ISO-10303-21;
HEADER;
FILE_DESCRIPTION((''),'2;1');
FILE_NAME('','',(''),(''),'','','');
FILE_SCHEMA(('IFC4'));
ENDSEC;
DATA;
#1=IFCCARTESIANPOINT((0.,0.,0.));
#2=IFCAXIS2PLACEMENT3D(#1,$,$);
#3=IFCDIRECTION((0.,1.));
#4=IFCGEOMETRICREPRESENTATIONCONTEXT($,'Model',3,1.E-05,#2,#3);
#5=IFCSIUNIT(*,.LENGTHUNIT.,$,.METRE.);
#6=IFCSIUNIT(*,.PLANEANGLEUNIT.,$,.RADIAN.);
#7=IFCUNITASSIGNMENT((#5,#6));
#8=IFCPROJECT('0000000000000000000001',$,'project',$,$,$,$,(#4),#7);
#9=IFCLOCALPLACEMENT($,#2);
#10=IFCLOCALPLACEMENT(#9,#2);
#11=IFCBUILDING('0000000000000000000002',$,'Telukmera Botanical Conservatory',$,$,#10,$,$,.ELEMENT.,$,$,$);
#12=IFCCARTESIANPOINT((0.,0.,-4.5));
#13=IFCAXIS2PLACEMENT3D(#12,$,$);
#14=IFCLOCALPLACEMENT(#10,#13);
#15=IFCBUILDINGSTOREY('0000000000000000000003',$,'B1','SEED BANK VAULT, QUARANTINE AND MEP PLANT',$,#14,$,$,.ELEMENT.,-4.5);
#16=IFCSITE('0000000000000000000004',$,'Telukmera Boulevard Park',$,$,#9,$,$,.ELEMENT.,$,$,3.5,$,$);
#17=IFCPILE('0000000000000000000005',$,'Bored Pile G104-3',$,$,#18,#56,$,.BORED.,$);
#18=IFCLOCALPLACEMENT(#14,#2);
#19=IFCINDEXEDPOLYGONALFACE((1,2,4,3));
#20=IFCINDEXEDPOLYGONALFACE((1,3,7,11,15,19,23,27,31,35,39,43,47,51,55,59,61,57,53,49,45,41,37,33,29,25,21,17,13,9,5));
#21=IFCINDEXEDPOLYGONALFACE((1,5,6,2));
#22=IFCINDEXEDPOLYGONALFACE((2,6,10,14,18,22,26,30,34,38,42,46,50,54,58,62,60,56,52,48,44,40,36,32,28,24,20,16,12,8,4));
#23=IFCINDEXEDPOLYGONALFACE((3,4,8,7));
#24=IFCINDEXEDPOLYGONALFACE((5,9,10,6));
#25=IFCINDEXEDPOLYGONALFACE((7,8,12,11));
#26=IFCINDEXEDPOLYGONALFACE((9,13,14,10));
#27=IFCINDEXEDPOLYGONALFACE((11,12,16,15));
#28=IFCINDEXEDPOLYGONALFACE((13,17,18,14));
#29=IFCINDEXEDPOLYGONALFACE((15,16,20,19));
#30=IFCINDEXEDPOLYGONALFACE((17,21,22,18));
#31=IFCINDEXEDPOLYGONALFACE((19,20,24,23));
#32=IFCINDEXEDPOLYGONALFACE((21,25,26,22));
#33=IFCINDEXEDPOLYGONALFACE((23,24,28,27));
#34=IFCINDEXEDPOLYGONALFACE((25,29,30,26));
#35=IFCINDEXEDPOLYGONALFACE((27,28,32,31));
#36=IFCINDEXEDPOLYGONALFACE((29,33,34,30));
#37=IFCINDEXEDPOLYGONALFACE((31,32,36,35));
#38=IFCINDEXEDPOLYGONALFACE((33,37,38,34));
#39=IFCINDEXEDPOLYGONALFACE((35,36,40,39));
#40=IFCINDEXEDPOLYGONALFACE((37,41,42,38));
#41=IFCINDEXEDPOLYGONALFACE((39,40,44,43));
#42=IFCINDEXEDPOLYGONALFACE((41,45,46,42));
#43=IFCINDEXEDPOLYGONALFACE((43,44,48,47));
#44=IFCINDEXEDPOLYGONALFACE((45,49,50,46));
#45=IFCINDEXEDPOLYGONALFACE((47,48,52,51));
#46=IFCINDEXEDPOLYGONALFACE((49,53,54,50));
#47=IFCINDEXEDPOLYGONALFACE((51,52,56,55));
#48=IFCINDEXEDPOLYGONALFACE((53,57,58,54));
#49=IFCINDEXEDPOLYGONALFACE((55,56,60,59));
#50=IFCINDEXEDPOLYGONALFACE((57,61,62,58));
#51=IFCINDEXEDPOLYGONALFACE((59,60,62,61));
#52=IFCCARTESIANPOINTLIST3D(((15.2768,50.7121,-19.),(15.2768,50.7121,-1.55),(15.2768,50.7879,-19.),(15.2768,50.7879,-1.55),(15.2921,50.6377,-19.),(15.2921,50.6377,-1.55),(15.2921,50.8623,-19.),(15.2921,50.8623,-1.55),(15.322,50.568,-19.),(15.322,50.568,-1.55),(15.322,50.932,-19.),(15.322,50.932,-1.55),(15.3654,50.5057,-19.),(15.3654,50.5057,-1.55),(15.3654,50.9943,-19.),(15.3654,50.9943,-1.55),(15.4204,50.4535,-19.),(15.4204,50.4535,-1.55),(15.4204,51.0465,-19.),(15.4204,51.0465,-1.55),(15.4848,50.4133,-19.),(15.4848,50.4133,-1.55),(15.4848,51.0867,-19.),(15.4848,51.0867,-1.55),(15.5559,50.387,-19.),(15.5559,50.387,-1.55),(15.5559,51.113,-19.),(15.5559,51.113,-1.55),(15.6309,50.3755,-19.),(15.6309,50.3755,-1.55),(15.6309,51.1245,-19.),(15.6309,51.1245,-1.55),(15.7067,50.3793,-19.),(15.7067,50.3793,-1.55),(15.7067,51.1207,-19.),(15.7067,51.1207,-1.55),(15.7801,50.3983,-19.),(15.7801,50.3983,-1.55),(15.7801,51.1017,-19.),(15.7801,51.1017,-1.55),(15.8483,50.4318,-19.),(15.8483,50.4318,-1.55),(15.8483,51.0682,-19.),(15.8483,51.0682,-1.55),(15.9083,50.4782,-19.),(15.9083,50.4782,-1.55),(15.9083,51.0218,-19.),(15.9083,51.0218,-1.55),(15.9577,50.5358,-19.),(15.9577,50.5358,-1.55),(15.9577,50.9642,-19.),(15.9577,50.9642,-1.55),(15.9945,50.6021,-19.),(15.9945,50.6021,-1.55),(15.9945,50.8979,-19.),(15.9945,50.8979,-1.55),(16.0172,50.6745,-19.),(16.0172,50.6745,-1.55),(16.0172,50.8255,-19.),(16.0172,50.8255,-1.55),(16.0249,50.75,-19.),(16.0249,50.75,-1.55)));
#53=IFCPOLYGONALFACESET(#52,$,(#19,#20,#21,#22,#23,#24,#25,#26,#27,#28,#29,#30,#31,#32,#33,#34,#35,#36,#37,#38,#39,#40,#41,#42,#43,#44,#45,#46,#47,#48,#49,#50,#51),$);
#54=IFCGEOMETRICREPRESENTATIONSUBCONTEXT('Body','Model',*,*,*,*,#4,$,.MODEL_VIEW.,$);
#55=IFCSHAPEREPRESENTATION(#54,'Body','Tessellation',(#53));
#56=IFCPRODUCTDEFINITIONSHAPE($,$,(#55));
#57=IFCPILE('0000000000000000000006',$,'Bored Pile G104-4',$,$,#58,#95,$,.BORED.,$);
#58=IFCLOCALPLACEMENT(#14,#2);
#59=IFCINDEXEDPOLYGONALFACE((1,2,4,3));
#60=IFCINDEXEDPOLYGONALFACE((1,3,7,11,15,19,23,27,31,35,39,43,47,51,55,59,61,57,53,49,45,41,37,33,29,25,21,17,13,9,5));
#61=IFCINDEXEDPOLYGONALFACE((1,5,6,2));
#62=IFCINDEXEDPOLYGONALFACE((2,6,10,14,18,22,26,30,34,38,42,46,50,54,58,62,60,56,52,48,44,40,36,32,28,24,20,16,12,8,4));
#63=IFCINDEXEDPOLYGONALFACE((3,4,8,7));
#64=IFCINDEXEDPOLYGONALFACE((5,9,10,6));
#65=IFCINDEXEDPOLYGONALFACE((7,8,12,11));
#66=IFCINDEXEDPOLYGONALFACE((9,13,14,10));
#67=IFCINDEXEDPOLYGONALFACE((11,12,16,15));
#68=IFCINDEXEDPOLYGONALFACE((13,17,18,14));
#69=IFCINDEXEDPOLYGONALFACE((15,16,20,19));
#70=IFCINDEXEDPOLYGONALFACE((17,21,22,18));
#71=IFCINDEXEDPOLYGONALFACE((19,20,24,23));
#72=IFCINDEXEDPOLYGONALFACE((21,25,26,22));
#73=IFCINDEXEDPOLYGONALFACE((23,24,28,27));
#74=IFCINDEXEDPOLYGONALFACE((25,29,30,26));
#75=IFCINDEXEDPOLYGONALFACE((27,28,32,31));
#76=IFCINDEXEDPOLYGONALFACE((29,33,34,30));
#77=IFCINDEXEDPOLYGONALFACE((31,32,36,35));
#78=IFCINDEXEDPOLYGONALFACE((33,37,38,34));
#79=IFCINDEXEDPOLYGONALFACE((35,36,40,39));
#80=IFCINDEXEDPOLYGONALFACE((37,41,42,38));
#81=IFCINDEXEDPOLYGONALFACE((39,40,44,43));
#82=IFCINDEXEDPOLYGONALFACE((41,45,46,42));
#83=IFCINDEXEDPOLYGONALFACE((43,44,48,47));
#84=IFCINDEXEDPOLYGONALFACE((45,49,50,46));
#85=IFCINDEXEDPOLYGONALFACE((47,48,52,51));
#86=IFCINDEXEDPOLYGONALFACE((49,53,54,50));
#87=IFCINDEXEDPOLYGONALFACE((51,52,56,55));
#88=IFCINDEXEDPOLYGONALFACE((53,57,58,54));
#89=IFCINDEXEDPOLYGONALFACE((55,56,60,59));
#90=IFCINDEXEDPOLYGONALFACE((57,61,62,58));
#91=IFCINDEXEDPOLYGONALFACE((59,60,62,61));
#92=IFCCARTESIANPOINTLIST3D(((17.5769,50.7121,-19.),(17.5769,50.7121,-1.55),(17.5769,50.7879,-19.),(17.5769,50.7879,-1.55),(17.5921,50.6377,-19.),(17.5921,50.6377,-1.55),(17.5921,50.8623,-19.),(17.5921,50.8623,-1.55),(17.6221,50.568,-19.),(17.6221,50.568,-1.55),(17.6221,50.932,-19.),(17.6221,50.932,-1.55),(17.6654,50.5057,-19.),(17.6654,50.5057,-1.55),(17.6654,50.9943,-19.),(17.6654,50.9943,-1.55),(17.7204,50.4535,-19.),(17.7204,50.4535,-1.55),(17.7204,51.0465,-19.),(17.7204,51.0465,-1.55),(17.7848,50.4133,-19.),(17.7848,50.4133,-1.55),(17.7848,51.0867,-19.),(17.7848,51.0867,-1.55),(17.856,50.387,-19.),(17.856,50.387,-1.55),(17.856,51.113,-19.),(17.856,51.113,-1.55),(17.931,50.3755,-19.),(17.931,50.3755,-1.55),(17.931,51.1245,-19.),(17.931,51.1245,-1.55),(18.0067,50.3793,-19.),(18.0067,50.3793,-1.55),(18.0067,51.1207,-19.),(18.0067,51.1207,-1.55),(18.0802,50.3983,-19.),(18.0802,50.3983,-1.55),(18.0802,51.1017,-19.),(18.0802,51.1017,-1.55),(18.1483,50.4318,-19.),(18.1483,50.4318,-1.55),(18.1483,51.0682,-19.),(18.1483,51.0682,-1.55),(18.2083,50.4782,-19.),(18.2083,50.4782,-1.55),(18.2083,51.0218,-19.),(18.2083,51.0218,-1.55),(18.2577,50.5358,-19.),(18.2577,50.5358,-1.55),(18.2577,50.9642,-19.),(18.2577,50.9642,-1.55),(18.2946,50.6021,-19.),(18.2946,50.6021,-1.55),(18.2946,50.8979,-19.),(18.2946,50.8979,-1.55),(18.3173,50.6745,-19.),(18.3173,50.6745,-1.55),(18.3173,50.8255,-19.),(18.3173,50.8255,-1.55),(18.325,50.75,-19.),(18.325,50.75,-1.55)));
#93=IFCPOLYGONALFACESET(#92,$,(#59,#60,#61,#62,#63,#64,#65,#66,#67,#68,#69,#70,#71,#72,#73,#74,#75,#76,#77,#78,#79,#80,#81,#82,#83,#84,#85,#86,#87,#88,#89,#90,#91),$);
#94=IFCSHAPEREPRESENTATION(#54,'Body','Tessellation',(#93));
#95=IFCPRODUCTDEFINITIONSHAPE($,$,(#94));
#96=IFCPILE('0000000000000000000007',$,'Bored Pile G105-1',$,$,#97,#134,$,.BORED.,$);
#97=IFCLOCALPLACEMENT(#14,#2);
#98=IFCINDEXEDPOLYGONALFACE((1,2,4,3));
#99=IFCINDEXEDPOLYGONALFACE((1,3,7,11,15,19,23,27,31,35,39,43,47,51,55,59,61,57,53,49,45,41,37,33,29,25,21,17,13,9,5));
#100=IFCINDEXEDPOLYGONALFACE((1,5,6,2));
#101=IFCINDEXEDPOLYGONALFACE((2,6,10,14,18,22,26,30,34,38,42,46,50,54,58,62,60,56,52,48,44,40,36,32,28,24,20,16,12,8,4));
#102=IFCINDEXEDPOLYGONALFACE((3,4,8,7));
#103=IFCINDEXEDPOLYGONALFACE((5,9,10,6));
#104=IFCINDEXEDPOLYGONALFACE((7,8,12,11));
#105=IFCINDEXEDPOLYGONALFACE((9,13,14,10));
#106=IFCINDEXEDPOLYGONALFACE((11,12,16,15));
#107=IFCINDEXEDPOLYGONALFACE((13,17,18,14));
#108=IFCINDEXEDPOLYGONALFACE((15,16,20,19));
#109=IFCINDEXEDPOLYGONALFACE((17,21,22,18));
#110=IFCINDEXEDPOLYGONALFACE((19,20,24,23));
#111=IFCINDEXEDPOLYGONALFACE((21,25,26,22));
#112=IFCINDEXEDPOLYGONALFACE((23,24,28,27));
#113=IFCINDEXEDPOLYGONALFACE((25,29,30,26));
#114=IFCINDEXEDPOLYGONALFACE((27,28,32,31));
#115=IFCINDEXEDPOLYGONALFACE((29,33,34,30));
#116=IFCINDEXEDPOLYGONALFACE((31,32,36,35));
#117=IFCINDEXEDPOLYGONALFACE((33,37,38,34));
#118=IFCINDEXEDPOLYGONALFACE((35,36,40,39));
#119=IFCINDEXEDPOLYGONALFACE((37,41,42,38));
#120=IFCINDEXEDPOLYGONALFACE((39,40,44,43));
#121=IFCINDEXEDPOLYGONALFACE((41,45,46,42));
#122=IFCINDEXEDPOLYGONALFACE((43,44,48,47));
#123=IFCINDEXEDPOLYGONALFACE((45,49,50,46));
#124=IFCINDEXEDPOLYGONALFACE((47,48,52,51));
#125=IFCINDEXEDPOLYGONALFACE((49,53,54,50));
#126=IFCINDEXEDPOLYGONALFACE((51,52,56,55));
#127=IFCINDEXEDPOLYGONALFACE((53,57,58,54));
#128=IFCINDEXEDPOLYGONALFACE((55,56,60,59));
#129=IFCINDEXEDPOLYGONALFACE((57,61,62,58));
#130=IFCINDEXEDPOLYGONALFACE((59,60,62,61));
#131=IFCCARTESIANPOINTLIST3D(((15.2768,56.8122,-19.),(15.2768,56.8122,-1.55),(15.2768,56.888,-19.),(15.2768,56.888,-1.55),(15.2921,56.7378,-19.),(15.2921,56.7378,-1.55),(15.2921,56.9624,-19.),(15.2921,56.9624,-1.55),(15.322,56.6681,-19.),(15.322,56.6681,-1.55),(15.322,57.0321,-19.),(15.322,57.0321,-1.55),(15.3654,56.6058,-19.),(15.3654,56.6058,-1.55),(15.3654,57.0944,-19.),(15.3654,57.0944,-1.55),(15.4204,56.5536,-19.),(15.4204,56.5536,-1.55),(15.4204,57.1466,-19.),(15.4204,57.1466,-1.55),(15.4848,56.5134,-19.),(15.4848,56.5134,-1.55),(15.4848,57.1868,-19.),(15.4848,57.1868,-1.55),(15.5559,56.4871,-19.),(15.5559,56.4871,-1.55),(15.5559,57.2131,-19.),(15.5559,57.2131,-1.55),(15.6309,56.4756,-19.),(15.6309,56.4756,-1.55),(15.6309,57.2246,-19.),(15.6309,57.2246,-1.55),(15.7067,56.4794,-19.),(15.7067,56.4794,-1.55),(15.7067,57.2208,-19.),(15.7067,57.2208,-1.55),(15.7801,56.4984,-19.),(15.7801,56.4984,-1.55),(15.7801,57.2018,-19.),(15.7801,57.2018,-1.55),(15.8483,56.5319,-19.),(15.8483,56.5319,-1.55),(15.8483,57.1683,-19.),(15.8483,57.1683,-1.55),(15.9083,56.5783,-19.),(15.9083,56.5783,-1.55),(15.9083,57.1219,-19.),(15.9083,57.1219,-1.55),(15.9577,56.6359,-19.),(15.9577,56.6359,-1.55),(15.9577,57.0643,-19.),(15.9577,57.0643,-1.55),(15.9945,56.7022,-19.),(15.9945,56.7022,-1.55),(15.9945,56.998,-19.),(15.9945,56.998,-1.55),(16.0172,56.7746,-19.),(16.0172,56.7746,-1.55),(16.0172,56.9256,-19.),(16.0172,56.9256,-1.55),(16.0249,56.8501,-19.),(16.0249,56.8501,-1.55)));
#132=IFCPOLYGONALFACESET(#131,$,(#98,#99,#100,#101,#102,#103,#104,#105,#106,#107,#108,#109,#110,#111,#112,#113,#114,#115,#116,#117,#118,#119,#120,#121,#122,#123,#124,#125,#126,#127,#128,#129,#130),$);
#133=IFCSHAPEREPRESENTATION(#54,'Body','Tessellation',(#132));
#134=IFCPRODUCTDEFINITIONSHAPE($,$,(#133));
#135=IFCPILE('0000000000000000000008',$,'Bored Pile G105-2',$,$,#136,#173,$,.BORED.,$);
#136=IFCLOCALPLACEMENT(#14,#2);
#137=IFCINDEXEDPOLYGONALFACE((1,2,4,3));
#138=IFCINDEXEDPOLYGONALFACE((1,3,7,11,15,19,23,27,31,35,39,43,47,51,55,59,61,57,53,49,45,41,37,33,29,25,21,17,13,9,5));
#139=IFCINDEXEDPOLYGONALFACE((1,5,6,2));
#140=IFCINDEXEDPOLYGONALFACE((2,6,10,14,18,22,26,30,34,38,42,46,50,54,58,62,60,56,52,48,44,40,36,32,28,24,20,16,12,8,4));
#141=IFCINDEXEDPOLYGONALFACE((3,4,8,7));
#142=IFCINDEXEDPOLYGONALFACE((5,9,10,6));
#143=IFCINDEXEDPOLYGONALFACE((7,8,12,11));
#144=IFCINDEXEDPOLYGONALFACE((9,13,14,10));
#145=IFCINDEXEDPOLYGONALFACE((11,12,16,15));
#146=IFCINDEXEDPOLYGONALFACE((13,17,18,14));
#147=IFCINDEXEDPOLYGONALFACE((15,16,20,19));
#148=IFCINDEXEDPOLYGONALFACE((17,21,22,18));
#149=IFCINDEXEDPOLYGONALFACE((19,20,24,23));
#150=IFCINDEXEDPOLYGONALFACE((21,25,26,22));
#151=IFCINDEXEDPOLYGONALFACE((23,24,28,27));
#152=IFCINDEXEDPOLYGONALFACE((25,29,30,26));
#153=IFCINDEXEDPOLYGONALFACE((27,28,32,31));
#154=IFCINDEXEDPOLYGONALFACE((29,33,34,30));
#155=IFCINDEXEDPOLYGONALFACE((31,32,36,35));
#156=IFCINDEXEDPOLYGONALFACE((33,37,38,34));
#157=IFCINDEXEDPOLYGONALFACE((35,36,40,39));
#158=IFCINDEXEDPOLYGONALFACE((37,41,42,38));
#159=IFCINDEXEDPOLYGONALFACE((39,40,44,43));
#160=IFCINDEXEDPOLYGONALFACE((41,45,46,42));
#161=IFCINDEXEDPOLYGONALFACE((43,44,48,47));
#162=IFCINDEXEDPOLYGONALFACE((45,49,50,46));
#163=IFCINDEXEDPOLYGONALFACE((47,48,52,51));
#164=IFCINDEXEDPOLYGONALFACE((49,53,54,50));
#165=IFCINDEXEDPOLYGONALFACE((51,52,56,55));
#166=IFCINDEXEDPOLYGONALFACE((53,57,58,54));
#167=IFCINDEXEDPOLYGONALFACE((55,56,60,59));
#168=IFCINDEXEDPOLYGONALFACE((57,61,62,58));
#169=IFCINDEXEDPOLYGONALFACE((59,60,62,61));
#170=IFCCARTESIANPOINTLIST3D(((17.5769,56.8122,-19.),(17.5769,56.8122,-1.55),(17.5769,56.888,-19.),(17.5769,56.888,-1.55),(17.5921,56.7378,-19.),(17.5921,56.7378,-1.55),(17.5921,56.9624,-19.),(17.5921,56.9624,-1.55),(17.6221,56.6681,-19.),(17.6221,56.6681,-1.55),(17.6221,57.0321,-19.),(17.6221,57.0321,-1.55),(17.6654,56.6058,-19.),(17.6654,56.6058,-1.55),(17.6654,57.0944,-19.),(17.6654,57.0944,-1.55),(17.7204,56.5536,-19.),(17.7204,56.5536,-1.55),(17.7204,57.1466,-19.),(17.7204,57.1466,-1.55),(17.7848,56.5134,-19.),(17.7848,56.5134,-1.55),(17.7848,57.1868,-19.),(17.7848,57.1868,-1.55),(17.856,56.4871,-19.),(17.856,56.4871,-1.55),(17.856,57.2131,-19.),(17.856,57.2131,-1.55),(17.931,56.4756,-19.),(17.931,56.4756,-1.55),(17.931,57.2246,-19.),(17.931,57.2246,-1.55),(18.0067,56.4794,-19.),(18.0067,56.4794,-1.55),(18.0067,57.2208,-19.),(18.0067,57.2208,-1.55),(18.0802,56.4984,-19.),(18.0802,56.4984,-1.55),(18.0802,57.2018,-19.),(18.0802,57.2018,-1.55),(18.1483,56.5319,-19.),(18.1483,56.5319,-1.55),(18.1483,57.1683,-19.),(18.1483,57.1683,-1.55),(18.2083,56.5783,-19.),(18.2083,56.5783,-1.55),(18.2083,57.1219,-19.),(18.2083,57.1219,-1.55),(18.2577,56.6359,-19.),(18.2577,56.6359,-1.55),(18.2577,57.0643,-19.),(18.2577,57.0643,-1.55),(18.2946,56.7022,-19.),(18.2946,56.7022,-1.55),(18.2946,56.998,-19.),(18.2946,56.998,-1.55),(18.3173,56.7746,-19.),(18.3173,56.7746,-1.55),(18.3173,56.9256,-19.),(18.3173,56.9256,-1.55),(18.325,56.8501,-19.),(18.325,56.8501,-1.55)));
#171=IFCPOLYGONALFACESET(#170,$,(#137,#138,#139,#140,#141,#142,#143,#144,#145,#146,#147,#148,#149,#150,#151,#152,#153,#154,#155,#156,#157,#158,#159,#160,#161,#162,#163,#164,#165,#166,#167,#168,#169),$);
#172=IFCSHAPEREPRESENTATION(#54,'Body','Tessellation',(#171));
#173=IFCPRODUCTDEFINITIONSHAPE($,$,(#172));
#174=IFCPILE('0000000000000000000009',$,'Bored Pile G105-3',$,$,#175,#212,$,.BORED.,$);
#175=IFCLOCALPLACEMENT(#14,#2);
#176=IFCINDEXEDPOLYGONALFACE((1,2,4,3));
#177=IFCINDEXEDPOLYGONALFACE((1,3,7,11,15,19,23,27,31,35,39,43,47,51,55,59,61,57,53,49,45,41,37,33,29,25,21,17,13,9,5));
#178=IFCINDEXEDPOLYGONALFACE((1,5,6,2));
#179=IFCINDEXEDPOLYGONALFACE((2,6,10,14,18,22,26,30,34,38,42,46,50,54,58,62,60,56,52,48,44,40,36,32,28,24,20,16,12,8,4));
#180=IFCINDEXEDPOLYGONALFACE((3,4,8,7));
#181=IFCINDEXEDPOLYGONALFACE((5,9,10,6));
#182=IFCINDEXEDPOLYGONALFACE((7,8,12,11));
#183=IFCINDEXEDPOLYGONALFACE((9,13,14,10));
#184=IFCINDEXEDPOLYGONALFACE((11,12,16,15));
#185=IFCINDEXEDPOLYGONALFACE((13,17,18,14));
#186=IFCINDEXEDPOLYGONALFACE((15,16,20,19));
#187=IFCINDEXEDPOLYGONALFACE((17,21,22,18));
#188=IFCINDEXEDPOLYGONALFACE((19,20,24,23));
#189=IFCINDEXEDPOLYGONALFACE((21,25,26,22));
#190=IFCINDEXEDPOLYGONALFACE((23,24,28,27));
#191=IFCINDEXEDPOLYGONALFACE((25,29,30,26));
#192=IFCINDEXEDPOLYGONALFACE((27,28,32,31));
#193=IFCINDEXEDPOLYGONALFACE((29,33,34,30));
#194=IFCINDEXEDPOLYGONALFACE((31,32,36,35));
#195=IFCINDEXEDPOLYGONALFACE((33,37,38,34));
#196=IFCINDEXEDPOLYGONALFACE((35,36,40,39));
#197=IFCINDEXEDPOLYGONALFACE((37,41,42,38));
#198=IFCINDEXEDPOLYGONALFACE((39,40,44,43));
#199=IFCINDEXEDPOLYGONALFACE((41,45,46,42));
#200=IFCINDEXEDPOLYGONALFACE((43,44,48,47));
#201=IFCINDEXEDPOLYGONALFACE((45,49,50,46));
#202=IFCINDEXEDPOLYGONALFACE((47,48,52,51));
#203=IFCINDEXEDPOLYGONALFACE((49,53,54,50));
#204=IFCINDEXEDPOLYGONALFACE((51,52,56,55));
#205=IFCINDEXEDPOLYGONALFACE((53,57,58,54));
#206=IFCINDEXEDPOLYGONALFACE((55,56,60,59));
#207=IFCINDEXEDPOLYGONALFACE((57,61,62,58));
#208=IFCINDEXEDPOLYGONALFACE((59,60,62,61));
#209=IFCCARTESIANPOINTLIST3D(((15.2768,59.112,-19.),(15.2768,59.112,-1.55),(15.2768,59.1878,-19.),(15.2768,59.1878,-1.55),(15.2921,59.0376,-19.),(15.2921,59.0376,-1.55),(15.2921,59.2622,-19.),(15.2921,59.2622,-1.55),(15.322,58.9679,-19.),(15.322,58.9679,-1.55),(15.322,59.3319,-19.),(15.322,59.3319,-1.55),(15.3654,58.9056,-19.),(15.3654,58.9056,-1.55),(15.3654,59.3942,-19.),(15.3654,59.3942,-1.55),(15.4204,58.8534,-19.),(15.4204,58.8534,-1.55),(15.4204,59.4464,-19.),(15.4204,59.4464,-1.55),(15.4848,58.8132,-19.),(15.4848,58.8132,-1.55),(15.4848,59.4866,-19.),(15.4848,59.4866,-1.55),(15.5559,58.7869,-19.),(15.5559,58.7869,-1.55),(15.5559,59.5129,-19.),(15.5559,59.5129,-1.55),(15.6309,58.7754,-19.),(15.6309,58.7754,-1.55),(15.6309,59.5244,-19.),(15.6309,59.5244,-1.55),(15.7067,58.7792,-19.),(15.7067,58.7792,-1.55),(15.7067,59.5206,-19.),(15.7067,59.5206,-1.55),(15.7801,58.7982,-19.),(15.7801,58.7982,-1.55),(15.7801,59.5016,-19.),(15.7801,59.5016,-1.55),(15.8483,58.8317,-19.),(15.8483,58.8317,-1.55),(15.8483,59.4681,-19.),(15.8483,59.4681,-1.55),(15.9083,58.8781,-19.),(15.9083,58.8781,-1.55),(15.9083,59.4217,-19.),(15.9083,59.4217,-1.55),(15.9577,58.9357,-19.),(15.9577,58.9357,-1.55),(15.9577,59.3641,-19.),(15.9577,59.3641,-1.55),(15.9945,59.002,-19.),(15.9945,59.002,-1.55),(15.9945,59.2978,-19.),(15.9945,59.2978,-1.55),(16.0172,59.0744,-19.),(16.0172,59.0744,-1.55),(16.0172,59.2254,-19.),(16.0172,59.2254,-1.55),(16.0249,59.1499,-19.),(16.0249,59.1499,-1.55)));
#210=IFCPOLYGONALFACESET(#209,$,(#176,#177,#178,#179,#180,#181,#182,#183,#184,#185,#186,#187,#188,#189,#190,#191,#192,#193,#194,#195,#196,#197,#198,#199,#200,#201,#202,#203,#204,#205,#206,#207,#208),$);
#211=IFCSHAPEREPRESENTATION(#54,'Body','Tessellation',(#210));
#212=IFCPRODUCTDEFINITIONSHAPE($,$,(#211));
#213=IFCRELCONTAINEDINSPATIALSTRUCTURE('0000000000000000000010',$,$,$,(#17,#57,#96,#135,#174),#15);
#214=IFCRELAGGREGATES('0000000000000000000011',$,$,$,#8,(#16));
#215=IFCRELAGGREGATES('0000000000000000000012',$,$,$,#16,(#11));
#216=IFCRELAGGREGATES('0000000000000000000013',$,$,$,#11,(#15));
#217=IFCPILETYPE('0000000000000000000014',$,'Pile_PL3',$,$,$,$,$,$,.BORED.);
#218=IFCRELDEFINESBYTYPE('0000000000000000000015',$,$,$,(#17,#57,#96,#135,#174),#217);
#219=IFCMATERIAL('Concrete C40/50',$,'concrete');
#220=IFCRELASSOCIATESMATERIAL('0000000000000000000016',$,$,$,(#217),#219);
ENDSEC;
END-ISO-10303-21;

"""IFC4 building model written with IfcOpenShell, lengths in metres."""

from ifc_helpers import new_model, si_unit, direction, frame, origin, origin_2d, place, context, subcontext, project, spatial, circle, extrude, material, material_profile, profile_set, type_object, element, save


model = new_model("IFC4")

# Units and contexts
model_context = context("Model", 3, precision=1e-05, world=origin(), true_north=direction((0.0, 1.0)))
body_context = subcontext(model_context, "Body", "Model", "MODEL_VIEW")
ifc_project = project(units=[si_unit("LENGTHUNIT", "METRE"), si_unit("PLANEANGLEUNIT", "RADIAN")], contexts=[model_context])

# Site, building, storey
site_placement = place(None, origin())
site = spatial("IfcSite", under=ifc_project, at=site_placement, Name="Telukmera Boulevard Park", CompositionType="ELEMENT", RefElevation=3.5)
building_placement = place(site_placement, origin())
building = spatial("IfcBuilding", under=site, at=building_placement, Name="Telukmera Botanical Conservatory", CompositionType="ELEMENT")
storey_placement = place(building_placement, frame((0.0, 0.0, -4.5)))
storey = spatial("IfcBuildingStorey", under=building, at=storey_placement, Name="B1", Description="SEED BANK VAULT, QUARANTINE AND MEP PLANT", CompositionType="ELEMENT", Elevation=-4.5)

# Shared definitions
ifc_material_1 = material(Name="Concrete C40/50", Category="concrete")

# Piles
ifc_material_profile_1 = material_profile(ifc_material_1, circle(Radius=0.375, at=origin_2d()), Name="PILE D750")
ifc_profile_set_1 = profile_set([ifc_material_profile_1], Name="Concrete C40/50")
pile_type = type_object("IfcPileType", Name="Pile_PL3", PredefinedType="BORED", material=ifc_profile_set_1)
for number, where, z_axis, x_axis, name in (
    (1, (15.6499, 50.75, -1.55), (0.0, 0.0, -1.0), (1.0, 0.0, 0.0), "Bored Pile G104-3"),
    (2, (17.95, 50.75, -1.55), (0.0, 0.0, -1.0), (1.0, 0.0, 0.0), "Bored Pile G104-4"),
    (3, (15.6499, 56.8501, -1.55), (0.0, 0.0, -1.0), (1.0, 0.0, 0.0), "Bored Pile G105-1"),
    (4, (17.95, 56.8501, -1.55), (0.0, 0.0, -1.0), (1.0, 0.0, 0.0), "Bored Pile G105-2"),
    (5, (15.6499, 59.1499, -1.55), (0.0, 0.0, -1.0), (1.0, 0.0, 0.0), "Bored Pile G105-3"),
):
    element("IfcPile", number, at=place(storey_placement, frame(where, z_axis=z_axis, x_axis=x_axis)), inside=storey, type_object=pile_type, Name=name, PredefinedType="BORED", context=body_context, shape_type="SweptSolid", body=[
        extrude(circle(Radius=0.375, at=origin_2d()), origin(), (0.0, 0.0, 1.0), 17.45),
    ])

save(model, "model.ifc")
